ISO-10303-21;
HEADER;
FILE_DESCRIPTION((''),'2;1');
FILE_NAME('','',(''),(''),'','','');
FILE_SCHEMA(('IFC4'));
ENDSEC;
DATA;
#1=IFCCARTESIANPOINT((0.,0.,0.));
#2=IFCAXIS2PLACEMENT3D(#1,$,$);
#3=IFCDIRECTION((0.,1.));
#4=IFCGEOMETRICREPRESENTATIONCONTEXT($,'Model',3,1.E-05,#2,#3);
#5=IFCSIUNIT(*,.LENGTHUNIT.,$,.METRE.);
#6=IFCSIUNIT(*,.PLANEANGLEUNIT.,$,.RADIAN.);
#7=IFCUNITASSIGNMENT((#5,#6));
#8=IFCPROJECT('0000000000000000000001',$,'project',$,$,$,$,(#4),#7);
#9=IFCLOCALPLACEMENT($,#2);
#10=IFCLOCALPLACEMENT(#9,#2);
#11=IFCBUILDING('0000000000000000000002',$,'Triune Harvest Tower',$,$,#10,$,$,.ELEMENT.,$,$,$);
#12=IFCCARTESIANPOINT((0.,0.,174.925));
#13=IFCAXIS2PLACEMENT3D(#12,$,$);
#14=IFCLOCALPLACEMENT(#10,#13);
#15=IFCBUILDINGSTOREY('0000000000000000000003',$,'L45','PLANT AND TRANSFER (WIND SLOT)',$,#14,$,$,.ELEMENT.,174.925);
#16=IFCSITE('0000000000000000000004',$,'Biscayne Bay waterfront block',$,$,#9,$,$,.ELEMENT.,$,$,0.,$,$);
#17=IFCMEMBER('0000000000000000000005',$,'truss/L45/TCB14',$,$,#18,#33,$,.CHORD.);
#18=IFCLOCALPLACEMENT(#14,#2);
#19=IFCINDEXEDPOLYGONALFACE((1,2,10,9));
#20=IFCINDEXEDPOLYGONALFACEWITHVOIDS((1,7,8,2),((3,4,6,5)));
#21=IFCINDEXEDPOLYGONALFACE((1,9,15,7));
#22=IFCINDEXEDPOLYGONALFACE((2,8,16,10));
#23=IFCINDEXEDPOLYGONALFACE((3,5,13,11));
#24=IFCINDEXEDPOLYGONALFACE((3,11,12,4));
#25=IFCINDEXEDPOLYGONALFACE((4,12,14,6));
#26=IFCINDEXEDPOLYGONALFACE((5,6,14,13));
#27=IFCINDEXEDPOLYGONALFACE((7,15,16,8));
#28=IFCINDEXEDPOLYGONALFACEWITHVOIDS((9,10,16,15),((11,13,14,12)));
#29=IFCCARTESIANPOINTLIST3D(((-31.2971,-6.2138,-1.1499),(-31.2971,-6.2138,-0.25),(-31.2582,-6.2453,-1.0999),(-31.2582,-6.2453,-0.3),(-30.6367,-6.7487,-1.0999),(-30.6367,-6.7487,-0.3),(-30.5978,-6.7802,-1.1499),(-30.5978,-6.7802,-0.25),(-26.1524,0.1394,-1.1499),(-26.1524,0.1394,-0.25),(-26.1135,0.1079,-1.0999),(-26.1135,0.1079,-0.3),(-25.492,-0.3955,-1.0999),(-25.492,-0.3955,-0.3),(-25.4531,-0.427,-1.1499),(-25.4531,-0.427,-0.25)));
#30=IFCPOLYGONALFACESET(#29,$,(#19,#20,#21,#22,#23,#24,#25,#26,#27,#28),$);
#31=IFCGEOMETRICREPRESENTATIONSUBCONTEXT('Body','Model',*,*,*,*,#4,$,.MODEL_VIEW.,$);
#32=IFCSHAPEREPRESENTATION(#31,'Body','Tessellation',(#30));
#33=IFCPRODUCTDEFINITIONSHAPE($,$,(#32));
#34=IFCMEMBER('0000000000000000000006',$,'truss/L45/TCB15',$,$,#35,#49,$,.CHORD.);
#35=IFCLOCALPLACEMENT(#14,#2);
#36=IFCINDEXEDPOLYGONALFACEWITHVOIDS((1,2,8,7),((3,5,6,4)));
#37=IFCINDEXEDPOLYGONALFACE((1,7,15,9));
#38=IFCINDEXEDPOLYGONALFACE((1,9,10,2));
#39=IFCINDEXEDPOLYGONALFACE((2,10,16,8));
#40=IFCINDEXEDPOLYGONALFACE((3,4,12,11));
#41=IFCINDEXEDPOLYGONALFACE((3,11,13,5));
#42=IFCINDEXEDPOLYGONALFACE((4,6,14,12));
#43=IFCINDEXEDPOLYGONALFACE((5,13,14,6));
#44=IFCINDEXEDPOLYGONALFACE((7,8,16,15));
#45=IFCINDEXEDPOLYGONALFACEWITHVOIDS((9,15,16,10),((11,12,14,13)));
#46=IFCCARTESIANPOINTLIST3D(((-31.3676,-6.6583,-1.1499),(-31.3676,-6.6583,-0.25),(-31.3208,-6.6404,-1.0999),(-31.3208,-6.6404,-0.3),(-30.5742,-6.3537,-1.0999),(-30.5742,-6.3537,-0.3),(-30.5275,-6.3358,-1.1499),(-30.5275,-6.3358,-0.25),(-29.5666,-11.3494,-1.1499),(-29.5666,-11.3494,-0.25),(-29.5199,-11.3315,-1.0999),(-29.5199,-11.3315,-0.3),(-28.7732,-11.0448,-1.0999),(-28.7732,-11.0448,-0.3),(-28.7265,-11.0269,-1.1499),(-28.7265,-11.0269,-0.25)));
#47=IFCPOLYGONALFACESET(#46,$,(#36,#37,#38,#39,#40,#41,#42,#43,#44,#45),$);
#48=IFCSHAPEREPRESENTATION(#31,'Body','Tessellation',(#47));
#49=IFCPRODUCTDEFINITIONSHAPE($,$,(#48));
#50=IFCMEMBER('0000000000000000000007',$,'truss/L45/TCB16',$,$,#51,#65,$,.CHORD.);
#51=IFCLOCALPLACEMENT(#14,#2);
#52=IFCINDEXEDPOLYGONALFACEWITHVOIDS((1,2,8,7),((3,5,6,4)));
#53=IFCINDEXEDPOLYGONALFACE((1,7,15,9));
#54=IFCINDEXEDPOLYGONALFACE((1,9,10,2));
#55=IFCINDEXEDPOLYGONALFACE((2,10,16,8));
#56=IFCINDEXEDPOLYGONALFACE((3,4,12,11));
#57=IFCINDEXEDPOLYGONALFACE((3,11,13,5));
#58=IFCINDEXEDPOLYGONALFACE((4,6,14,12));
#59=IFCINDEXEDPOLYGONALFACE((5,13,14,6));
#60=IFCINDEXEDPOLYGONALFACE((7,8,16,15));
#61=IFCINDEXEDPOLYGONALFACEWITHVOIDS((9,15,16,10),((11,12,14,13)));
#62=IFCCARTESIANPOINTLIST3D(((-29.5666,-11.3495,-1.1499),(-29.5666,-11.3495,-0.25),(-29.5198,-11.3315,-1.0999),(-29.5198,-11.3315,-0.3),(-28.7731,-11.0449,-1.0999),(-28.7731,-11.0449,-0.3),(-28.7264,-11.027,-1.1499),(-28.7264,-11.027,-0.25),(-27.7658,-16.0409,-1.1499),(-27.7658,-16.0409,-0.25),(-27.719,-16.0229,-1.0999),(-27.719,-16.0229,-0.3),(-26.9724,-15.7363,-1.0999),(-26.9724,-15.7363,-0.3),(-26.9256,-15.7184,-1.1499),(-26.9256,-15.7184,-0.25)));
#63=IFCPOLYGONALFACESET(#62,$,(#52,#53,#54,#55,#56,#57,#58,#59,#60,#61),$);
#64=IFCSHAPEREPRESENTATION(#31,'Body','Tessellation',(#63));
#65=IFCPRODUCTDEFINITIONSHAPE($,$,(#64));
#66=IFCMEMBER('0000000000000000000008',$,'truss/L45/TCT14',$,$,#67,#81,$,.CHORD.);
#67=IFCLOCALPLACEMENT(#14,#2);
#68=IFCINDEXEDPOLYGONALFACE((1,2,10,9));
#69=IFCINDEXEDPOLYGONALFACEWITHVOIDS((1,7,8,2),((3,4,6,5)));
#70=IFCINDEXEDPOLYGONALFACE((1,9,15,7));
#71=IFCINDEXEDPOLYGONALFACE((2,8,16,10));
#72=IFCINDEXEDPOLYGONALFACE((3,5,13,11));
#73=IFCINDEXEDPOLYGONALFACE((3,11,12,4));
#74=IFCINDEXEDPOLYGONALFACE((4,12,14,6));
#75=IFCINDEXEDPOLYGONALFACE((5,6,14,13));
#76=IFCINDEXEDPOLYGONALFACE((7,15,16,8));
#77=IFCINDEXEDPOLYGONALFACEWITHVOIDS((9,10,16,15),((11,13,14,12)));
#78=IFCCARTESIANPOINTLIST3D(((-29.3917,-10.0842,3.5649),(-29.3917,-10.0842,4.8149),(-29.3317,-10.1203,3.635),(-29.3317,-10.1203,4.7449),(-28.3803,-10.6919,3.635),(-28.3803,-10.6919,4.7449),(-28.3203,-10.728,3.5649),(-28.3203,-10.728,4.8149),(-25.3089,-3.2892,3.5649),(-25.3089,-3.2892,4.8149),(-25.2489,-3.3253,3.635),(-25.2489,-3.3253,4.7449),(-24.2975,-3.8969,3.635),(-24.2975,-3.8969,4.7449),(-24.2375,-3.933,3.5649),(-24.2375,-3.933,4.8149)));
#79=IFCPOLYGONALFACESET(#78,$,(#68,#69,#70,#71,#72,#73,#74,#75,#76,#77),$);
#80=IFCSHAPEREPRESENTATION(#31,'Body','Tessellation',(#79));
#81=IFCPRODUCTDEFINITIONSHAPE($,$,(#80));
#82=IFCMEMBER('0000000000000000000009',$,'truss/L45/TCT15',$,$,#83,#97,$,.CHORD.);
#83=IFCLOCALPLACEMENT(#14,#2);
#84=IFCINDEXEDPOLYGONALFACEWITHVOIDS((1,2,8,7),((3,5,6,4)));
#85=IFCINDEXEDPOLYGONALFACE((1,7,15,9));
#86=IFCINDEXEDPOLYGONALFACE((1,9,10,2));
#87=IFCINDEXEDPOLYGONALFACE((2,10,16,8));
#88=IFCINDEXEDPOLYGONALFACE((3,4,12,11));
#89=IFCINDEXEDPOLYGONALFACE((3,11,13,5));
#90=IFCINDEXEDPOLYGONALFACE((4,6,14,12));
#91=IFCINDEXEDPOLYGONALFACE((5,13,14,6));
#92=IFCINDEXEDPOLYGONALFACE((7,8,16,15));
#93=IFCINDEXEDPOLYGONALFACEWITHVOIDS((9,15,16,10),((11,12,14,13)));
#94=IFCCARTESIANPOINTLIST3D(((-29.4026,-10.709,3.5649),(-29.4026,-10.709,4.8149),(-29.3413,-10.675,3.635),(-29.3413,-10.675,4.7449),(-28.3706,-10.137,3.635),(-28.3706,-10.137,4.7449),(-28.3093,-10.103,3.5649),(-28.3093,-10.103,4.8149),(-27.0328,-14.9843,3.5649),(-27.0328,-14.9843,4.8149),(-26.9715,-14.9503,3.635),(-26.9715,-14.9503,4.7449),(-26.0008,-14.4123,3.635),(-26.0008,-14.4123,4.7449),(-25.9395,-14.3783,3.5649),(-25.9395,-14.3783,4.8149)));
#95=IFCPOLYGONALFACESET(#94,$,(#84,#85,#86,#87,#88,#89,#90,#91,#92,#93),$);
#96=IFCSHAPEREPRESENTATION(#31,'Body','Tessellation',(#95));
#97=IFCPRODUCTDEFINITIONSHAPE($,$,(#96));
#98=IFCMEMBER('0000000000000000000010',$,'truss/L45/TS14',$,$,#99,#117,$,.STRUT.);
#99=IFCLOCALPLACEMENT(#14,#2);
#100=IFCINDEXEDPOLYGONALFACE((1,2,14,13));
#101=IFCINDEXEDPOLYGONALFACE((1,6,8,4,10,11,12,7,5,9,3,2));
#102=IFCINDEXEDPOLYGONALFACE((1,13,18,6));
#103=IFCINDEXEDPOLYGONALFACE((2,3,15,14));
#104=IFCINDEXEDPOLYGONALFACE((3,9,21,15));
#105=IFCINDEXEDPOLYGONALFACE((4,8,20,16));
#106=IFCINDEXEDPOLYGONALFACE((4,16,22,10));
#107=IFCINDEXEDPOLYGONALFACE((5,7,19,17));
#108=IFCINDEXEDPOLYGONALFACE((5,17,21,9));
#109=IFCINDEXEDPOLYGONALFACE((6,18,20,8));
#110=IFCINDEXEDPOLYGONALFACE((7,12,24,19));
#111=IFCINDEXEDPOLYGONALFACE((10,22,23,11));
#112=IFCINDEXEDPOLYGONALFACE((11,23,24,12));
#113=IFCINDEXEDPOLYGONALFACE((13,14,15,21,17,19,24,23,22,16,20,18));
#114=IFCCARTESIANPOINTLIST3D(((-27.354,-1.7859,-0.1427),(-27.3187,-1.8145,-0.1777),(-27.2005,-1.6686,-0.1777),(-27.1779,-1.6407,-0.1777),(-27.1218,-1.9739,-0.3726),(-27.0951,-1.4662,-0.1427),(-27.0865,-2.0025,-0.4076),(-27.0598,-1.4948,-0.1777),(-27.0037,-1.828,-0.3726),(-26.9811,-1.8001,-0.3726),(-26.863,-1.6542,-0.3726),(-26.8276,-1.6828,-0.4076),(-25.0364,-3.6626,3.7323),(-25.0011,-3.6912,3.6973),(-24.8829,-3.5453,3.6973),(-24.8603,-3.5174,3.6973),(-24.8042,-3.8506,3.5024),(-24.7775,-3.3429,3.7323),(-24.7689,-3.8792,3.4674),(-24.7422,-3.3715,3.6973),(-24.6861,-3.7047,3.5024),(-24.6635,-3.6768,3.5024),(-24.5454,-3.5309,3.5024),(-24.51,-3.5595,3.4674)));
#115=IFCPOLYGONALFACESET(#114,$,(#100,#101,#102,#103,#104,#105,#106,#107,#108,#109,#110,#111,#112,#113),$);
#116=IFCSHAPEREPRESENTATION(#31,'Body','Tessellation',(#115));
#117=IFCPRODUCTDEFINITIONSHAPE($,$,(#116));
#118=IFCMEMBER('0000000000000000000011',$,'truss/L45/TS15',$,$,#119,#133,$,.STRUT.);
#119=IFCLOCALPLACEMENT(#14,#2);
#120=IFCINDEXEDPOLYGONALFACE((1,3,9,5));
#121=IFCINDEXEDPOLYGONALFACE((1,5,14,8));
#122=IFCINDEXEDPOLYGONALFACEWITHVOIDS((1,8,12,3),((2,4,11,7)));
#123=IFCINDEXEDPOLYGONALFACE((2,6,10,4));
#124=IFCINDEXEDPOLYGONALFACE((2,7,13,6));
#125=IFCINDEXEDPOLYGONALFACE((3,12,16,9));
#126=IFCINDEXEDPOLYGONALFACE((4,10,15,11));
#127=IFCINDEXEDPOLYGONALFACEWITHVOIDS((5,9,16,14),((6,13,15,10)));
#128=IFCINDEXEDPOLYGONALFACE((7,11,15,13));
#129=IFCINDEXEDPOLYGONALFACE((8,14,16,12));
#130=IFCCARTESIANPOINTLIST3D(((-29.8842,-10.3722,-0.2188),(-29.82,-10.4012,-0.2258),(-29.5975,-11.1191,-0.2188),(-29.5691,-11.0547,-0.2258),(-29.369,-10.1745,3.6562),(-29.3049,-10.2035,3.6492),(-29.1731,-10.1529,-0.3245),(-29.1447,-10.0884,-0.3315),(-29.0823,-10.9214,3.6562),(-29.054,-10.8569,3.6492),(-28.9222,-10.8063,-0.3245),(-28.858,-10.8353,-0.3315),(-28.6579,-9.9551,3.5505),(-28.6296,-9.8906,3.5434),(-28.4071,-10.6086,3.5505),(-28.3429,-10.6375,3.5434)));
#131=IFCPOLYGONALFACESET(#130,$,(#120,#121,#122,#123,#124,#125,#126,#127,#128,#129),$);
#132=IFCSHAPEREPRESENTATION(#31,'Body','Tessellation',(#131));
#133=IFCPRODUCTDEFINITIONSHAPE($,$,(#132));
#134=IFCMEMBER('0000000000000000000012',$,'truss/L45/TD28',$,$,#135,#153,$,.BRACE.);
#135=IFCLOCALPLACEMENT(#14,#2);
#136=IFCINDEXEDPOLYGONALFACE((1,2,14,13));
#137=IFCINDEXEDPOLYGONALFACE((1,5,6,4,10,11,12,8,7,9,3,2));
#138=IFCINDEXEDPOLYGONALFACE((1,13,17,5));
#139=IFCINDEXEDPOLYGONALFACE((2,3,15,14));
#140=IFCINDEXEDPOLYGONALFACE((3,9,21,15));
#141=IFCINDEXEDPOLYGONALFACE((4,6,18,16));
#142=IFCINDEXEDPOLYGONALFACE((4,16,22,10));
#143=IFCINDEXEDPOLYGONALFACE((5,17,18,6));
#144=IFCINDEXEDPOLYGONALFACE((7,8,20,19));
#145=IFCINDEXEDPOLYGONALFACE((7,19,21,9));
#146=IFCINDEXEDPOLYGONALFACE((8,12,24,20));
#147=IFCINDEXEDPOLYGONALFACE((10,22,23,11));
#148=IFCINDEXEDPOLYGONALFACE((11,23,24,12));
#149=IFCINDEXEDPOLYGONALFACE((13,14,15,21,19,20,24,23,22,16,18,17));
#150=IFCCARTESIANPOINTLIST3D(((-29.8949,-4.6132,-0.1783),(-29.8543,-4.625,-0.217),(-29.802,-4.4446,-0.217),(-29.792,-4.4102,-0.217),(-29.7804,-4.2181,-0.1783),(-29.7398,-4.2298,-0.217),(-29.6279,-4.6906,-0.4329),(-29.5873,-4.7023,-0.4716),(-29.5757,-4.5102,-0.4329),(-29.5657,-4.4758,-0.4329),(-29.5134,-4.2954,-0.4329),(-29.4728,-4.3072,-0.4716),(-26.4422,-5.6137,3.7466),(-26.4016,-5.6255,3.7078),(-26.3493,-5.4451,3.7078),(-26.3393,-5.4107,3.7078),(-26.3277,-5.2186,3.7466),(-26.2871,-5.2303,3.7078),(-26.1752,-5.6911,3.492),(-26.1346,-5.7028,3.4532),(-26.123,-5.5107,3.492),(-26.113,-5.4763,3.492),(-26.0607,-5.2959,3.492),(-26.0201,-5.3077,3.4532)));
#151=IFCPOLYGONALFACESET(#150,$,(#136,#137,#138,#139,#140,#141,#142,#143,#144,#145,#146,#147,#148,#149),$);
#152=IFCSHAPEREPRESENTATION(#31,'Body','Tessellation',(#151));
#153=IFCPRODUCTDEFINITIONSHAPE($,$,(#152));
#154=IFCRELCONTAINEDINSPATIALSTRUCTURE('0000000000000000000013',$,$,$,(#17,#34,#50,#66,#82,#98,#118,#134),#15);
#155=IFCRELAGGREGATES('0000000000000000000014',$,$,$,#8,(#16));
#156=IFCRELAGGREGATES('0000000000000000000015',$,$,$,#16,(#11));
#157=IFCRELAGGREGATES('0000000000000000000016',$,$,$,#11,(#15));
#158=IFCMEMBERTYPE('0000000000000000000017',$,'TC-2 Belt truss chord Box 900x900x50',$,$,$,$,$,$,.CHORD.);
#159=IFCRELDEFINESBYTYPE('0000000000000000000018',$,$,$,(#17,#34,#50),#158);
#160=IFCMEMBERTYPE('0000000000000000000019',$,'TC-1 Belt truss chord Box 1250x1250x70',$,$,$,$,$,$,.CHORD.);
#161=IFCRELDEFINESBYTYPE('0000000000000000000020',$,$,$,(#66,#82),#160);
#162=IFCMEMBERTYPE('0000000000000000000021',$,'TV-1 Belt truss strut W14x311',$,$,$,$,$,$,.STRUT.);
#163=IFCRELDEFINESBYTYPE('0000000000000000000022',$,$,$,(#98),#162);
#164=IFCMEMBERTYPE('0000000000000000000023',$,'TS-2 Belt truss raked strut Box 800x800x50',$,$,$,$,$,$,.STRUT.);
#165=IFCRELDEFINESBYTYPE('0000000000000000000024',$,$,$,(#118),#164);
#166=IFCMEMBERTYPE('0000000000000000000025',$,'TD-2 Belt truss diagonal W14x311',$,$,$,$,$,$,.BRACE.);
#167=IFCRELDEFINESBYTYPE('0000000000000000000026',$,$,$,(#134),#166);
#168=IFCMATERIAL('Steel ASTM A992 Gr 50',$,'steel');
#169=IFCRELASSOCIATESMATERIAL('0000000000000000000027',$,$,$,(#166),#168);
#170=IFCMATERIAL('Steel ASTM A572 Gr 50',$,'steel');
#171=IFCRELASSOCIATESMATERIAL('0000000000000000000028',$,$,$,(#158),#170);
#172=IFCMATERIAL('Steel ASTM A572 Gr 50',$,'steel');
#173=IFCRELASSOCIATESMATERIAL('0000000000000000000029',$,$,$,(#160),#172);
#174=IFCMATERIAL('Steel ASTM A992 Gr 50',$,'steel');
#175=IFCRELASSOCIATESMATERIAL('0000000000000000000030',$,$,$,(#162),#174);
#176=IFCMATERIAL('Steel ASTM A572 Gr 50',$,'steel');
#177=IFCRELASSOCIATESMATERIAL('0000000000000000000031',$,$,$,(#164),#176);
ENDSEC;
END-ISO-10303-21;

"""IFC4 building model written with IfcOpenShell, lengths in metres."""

from ifc_helpers import new_model, si_unit, direction, frame, origin, origin_2d, place, context, subcontext, project, spatial, hollow_rectangle, i_section, extrude, source, transform, mapped, material, material_profile, profile_set, type_object, element, save


model = new_model("IFC4")

# Units and contexts
model_context = context("Model", 3, precision=1e-05, world=origin(), true_north=direction((0.0, 1.0)))
body_context = subcontext(model_context, "Body", "Model", "MODEL_VIEW")
ifc_project = project(units=[si_unit("LENGTHUNIT", "METRE"), si_unit("PLANEANGLEUNIT", "RADIAN")], contexts=[model_context])

# Site, building, storey
site_placement = place(None, origin())
site = spatial("IfcSite", under=ifc_project, at=site_placement, Name="Biscayne Bay waterfront block", CompositionType="ELEMENT", RefElevation=0.0)
building_placement = place(site_placement, origin())
building = spatial("IfcBuilding", under=site, at=building_placement, Name="Triune Harvest Tower", CompositionType="ELEMENT")
storey_placement = place(building_placement, frame((0.0, 0.0, 174.925)))
storey = spatial("IfcBuildingStorey", under=building, at=storey_placement, Name="L45", Description="PLANT AND TRANSFER (WIND SLOT)", CompositionType="ELEMENT", Elevation=174.925)

# Shared definitions
ifc_material_1 = material(Name="Steel ASTM A992 Gr 50", Category="steel")
ifc_material_profile_1 = material_profile(ifc_material_1, i_section(OverallWidth=0.4114, OverallDepth=0.4343, WebThickness=0.0359, FlangeThickness=0.0574, at=origin_2d()), Name="W14x311")
ifc_profile_set_1 = profile_set([ifc_material_profile_1], Name="Steel ASTM A992 Gr 50")
member_type_1 = type_object("IfcMemberType", Name="TD-2 Belt truss diagonal W14x311", PredefinedType="BRACE", material=ifc_profile_set_1)

# Members
ifc_material_2 = material(Name="Steel ASTM A572 Gr 50", Category="steel")
ifc_material_profile_2 = material_profile(ifc_material_2, hollow_rectangle(XDim=0.8999, YDim=0.8999, WallThickness=0.05, at=origin_2d()), Name="Box 900x900x50")
ifc_profile_set_2 = profile_set([ifc_material_profile_2], Name="Steel ASTM A572 Gr 50")
member_type_2 = type_object("IfcMemberType", Name="TC-2 Belt truss chord Box 900x900x50", PredefinedType="CHORD", material=ifc_profile_set_2)
shared_shape_1 = source(origin(), body_context, "Body", "SweptSolid", [
    extrude(hollow_rectangle(XDim=0.8999, YDim=0.8999, WallThickness=0.05, at=origin_2d()), origin(), (0.0, 0.0, 1.0), 8.175),
])
member_1_placement = place(storey_placement, frame((-25.8027, -0.1438, -0.7), z_axis=(-0.62932, -0.777146, 0.0), x_axis=(0.777146, -0.62932, 0.0)))
element("IfcMember", 1, at=member_1_placement, inside=storey, type_object=member_type_2, Name="truss/L45/TCB14", PredefinedType="CHORD", context=body_context, shape_type="MappedRepresentation", body=[
    mapped(shared_shape_1, transform((0.0, 0.0, 0.0), scale=1.0)),
])
shared_shape_2 = source(origin(), body_context, "Body", "SweptSolid", [
    extrude(hollow_rectangle(XDim=0.8999, YDim=0.8999, WallThickness=0.05, at=origin_2d()), origin(), (0.0, 0.0, 1.0), 5.0249),
])
member_2_placement = place(storey_placement, frame((-30.9475, -6.4971, -0.7), z_axis=(0.358413, -0.933563, 0.0), x_axis=(0.933563, 0.358413, 0.0)))
element("IfcMember", 2, at=member_2_placement, inside=storey, type_object=member_type_2, Name="truss/L45/TCB15", PredefinedType="CHORD", context=body_context, shape_type="MappedRepresentation", body=[
    mapped(shared_shape_2, transform((0.0, 0.0, 0.0), scale=1.0)),
])
shared_shape_3 = source(origin(), body_context, "Body", "SweptSolid", [
    extrude(hollow_rectangle(XDim=0.8999, YDim=0.8999, WallThickness=0.05, at=origin_2d()), origin(), (0.0, 0.0, 1.0), 5.0251),
])
member_3_placement = place(storey_placement, frame((-29.1465, -11.1882, -0.7), z_axis=(0.358354, -0.933586, 0.0), x_axis=(0.933586, 0.358354, 0.0)))
element("IfcMember", 3, at=member_3_placement, inside=storey, type_object=member_type_2, Name="truss/L45/TCB16", PredefinedType="CHORD", context=body_context, shape_type="MappedRepresentation", body=[
    mapped(shared_shape_3, transform((0.0, 0.0, 0.0), scale=1.0)),
])
ifc_material_3 = material(Name="Steel ASTM A572 Gr 50", Category="steel")
ifc_material_profile_3 = material_profile(ifc_material_3, hollow_rectangle(XDim=1.25, YDim=1.25, WallThickness=0.0701, at=origin_2d()), Name="Box 1250x1250x70")
ifc_profile_set_3 = profile_set([ifc_material_profile_3], Name="Steel ASTM A572 Gr 50")
member_type_3 = type_object("IfcMemberType", Name="TC-1 Belt truss chord Box 1250x1250x70", PredefinedType="CHORD", material=ifc_profile_set_3)
shared_shape_4 = source(origin(), body_context, "Body", "SweptSolid", [
    extrude(hollow_rectangle(XDim=1.25, YDim=1.25, WallThickness=0.0701, at=origin_2d()), origin(), (0.0, 0.0, 1.0), 7.9272),
])
member_4_placement = place(storey_placement, frame((-24.7732, -3.6111, 4.1899), z_axis=(-0.515035, -0.857169, 0.0), x_axis=(0.857169, -0.515035, 0.0)))
element("IfcMember", 4, at=member_4_placement, inside=storey, type_object=member_type_3, Name="truss/L45/TCT14", PredefinedType="CHORD", context=body_context, shape_type="MappedRepresentation", body=[
    mapped(shared_shape_4, transform((0.0, 0.0, 0.0), scale=1.0)),
])
shared_shape_5 = source(origin(), body_context, "Body", "SweptSolid", [
    extrude(hollow_rectangle(XDim=1.25, YDim=1.25, WallThickness=0.0701, at=origin_2d()), origin(), (0.0, 0.0, 1.0), 4.8882),
])
member_5_placement = place(storey_placement, frame((-28.856, -10.406, 4.1899), z_axis=(0.484807, -0.874621, 0.0), x_axis=(0.874621, 0.484807, 0.0)))
element("IfcMember", 5, at=member_5_placement, inside=storey, type_object=member_type_3, Name="truss/L45/TCT15", PredefinedType="CHORD", context=body_context, shape_type="MappedRepresentation", body=[
    mapped(shared_shape_5, transform((0.0, 0.0, 0.0), scale=1.0)),
])
ifc_material_4 = material(Name="Steel ASTM A992 Gr 50", Category="steel")
ifc_material_profile_4 = material_profile(ifc_material_4, i_section(OverallWidth=0.4114, OverallDepth=0.4343, WebThickness=0.0359, FlangeThickness=0.0574, at=origin_2d()), Name="W14x311")
ifc_profile_set_4 = profile_set([ifc_material_profile_4], Name="Steel ASTM A992 Gr 50")
member_type_4 = type_object("IfcMemberType", Name="TV-1 Belt truss strut W14x311", PredefinedType="STRUT", material=ifc_profile_set_4)
shared_shape_6 = source(origin(), body_context, "Body", "SweptSolid", [
    extrude(i_section(OverallWidth=0.4114, OverallDepth=0.4343, WebThickness=0.0359, FlangeThickness=0.0574, at=origin_2d()), origin(), (0.0, 0.0, 1.0), 4.8896),
])
member_6_placement = place(storey_placement, frame((-27.0908, -1.7344, -0.2751), z_axis=(0.473983, -0.383809, 0.792484), x_axis=(0.629307, 0.777157, 0.0)))
element("IfcMember", 6, at=member_6_placement, inside=storey, type_object=member_type_4, Name="truss/L45/TS14", PredefinedType="STRUT", context=body_context, shape_type="MappedRepresentation", body=[
    mapped(shared_shape_6, transform((0.0, 0.0, 0.0), scale=1.0)),
])
ifc_material_5 = material(Name="Steel ASTM A572 Gr 50", Category="steel")
ifc_material_profile_5 = material_profile(ifc_material_5, hollow_rectangle(XDim=0.8, YDim=0.8, WallThickness=0.05, at=origin_2d()), Name="Box 800x800x50")
ifc_profile_set_5 = profile_set([ifc_material_profile_5], Name="Steel ASTM A572 Gr 50")
member_type_5 = type_object("IfcMemberType", Name="TS-2 Belt truss raked strut Box 800x800x50", PredefinedType="STRUT", material=ifc_profile_set_5)
shared_shape_7 = source(origin(), body_context, "Body", "SweptSolid", [
    extrude(hollow_rectangle(XDim=0.8, YDim=0.8, WallThickness=0.05, at=origin_2d()), origin(), (0.0, 0.0, 1.0), 3.9141),
])
member_7_placement = place(storey_placement, frame((-29.3711, -10.6038, -0.2751), z_axis=(0.131611, 0.050524, 0.990013), x_axis=(-0.358386, 0.933573, 0.0)))
element("IfcMember", 7, at=member_7_placement, inside=storey, type_object=member_type_5, Name="truss/L45/TS15", PredefinedType="STRUT", context=body_context, shape_type="MappedRepresentation", body=[
    mapped(shared_shape_7, transform((0.0, 0.0, 0.0), scale=1.0)),
])
shared_shape_8 = source(origin(), body_context, "Body", "SweptSolid", [
    extrude(i_section(OverallWidth=0.4114, OverallDepth=0.4343, WebThickness=0.0359, FlangeThickness=0.0574, at=origin_2d()), origin(), (0.0, 0.0, 1.0), 5.3223),
])
member_8_placement = place(storey_placement, frame((-29.6838, -4.4602, -0.325), z_axis=(0.648724, -0.187984, 0.737441), x_axis=(0.278325, 0.960487, 0.0)))
element("IfcMember", 8, at=member_8_placement, inside=storey, type_object=member_type_1, Name="truss/L45/TD28", PredefinedType="BRACE", context=body_context, shape_type="MappedRepresentation", body=[
    mapped(shared_shape_8, transform((0.0, 0.0, 0.0), scale=1.0)),
])

save(model, "model.ifc")
